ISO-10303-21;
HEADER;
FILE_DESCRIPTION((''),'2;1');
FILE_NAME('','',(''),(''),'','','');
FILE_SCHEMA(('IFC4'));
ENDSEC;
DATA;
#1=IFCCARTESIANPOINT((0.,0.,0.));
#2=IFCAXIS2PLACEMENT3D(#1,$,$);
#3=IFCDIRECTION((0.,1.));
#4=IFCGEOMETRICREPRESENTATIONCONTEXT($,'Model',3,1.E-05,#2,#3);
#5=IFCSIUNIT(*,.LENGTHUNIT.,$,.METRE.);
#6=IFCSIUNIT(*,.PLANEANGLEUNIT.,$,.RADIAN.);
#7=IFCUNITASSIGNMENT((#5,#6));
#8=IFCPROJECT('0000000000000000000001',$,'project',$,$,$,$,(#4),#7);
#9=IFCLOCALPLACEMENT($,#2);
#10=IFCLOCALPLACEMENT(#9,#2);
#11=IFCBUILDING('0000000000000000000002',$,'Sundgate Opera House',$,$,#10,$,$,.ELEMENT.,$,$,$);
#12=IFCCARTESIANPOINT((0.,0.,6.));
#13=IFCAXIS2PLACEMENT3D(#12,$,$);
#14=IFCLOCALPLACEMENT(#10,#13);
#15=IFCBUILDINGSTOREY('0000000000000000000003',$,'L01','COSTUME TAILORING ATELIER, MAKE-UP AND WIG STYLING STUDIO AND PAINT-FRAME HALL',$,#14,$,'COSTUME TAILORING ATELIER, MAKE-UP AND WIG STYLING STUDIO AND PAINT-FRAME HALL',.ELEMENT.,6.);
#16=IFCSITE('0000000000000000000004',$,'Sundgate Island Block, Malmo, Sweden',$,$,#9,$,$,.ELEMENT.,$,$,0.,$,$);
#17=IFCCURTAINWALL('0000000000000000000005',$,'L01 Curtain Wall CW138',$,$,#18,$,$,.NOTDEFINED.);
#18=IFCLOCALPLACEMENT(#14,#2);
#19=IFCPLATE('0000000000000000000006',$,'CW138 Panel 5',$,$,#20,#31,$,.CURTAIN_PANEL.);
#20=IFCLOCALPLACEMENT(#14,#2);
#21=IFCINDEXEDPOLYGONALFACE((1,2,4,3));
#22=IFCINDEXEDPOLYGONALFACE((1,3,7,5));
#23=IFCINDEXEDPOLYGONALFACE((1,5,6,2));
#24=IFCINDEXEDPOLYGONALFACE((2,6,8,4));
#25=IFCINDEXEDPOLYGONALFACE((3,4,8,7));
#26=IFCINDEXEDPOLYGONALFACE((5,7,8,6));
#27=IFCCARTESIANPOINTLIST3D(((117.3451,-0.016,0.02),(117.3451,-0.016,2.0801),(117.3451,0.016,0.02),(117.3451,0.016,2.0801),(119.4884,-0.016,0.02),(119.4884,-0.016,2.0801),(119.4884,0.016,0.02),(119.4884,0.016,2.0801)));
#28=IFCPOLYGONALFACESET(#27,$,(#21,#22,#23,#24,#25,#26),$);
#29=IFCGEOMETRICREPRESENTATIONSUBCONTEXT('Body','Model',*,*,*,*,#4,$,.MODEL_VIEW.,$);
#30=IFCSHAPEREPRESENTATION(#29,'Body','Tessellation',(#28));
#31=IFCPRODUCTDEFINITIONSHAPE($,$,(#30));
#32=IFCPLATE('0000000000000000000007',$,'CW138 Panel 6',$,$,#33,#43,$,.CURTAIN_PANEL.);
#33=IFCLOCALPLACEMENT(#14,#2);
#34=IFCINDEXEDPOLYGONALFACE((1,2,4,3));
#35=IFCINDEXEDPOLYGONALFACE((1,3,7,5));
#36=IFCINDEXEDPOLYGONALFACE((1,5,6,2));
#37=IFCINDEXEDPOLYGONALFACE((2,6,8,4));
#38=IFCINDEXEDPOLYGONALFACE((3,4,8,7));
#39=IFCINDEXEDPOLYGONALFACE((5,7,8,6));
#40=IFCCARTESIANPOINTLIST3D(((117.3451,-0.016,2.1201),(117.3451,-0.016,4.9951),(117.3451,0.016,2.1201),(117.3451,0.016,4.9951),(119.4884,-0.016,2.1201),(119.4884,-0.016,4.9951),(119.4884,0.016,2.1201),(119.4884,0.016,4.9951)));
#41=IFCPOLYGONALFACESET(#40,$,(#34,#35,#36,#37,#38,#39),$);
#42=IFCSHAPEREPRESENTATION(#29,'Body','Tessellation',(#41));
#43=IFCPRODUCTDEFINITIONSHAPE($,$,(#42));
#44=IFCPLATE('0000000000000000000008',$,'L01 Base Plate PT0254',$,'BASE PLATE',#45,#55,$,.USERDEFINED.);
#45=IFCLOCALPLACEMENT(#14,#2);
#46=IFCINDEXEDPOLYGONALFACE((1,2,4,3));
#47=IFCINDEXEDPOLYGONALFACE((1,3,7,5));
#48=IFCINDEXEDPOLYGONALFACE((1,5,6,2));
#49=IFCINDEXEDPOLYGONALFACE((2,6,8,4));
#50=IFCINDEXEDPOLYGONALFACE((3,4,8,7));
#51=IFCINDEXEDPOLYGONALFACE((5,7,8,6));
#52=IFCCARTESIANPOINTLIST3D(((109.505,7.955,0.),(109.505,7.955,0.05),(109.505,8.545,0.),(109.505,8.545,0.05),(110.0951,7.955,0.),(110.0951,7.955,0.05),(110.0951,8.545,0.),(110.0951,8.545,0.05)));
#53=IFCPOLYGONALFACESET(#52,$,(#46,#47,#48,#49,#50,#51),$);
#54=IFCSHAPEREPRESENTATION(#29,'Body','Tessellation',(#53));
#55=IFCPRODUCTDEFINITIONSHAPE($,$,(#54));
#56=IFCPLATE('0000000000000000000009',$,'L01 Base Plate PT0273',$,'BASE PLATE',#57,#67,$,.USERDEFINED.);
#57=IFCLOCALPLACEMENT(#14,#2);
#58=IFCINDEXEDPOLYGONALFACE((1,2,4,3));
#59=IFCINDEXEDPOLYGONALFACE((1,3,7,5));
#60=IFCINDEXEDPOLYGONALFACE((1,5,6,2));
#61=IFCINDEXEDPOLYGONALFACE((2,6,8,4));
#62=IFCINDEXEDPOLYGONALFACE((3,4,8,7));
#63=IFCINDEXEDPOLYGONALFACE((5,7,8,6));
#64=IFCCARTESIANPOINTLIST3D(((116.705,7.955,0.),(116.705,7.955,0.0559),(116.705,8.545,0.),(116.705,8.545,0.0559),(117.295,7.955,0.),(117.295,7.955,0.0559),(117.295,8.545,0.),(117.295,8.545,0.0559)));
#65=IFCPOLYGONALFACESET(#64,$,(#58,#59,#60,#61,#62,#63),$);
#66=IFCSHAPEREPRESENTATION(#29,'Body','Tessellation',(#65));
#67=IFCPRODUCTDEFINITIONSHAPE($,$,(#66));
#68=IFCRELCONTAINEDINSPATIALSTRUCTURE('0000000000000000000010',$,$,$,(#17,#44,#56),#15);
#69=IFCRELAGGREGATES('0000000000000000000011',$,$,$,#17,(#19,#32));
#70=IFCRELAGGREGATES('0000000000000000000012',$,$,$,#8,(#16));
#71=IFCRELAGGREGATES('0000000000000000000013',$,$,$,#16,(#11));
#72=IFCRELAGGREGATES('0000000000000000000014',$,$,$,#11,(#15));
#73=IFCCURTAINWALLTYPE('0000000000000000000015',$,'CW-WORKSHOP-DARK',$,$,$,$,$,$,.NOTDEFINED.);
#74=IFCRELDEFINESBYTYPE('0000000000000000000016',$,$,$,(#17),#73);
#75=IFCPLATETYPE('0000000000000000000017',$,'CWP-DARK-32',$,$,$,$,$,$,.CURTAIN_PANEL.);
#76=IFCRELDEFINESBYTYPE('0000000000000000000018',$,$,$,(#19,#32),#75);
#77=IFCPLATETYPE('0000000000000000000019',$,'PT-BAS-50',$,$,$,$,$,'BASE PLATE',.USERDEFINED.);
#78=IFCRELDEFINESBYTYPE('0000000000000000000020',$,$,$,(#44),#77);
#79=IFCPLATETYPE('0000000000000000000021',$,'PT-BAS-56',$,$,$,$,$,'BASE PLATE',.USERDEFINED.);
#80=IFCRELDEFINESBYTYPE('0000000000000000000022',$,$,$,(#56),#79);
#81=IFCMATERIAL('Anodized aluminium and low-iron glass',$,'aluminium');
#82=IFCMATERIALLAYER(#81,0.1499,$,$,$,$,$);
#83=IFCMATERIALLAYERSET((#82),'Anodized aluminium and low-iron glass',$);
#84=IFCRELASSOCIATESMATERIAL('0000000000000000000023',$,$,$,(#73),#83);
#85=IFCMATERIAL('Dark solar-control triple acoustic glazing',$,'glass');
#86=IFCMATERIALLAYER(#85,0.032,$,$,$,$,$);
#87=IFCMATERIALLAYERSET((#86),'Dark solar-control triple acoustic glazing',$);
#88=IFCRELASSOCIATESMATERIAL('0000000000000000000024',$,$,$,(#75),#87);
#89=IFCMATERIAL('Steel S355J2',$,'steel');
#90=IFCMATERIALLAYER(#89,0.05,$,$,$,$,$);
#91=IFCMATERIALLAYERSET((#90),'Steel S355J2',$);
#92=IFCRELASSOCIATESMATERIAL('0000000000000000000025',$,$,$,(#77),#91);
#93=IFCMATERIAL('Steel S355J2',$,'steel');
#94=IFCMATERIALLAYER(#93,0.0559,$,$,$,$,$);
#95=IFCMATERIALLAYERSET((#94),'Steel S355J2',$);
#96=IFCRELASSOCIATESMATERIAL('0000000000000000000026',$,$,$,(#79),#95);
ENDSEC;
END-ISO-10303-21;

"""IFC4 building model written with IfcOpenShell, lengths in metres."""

from ifc_helpers import new_model, si_unit, direction, frame, origin, origin_2d, place, context, subcontext, project, spatial, rectangle, extrude, material, layer, layer_set, type_object, element, aggregate, save


model = new_model("IFC4")

# Units and contexts
model_context = context("Model", 3, precision=1e-05, world=origin(), true_north=direction((0.0, 1.0)))
body_context = subcontext(model_context, "Body", "Model", "MODEL_VIEW")
ifc_project = project(units=[si_unit("LENGTHUNIT", "METRE"), si_unit("PLANEANGLEUNIT", "RADIAN")], contexts=[model_context])

# Site, building, storey
site_placement = place(None, origin())
site = spatial("IfcSite", under=ifc_project, at=site_placement, Name="Sundgate Island Block, Malmo, Sweden", CompositionType="ELEMENT", RefElevation=0.0)
building_placement = place(site_placement, origin())
building = spatial("IfcBuilding", under=site, at=building_placement, Name="Sundgate Opera House", CompositionType="ELEMENT")
storey_placement = place(building_placement, frame((0.0, 0.0, 6.0)))
storey = spatial("IfcBuildingStorey", under=building, at=storey_placement, Name="L01", Description="COSTUME TAILORING ATELIER, MAKE-UP AND WIG STYLING STUDIO AND PAINT-FRAME HALL", LongName="COSTUME TAILORING ATELIER, MAKE-UP AND WIG STYLING STUDIO AND PAINT-FRAME HALL", CompositionType="ELEMENT", Elevation=6.0)

# Curtain wall, plates
ifc_material_1 = material(Name="Anodized aluminium and low-iron glass", Category="aluminium")
ifc_layer_1 = layer(ifc_material_1, 0.1499)
ifc_layer_set_1 = layer_set([ifc_layer_1], Name="Anodized aluminium and low-iron glass")
curtain_wall_type = type_object("IfcCurtainWallType", Name="CW-WORKSHOP-DARK", PredefinedType="NOTDEFINED", material=ifc_layer_set_1)
curtain_wall_placement = place(storey_placement, origin())
curtain_wall = element("IfcCurtainWall", 1, at=curtain_wall_placement, inside=storey, type_object=curtain_wall_type, Name="L01 Curtain Wall CW138", PredefinedType="NOTDEFINED")
ifc_material_2 = material(Name="Dark solar-control triple acoustic glazing", Category="glass")
ifc_layer_2 = layer(ifc_material_2, 0.032)
ifc_layer_set_2 = layer_set([ifc_layer_2], Name="Dark solar-control triple acoustic glazing")
plate_type_1 = type_object("IfcPlateType", Name="CWP-DARK-32", PredefinedType="CURTAIN_PANEL", material=ifc_layer_set_2)
plate_1_placement = place(storey_placement, frame((118.4167, 0.0, 0.02), z_axis=(0.0, 0.0, 1.0), x_axis=(-1.0, 0.0, 0.0)))
plate_1 = element("IfcPlate", 2, at=plate_1_placement, type_object=plate_type_1, Name="CW138 Panel 5", PredefinedType="CURTAIN_PANEL", context=body_context, shape_type="SweptSolid", body=[
    extrude(rectangle(XDim=2.1433, YDim=0.032, at=origin_2d()), origin(), (0.0, 0.0, 1.0), 2.0601),
])
plate_2_placement = place(storey_placement, frame((118.4167, 0.0, 2.1201), z_axis=(0.0, 0.0, 1.0), x_axis=(-1.0, 0.0, 0.0)))
plate_2 = element("IfcPlate", 3, at=plate_2_placement, type_object=plate_type_1, Name="CW138 Panel 6", PredefinedType="CURTAIN_PANEL", context=body_context, shape_type="SweptSolid", body=[
    extrude(rectangle(XDim=2.1433, YDim=0.032, at=origin_2d()), origin(), (0.0, 0.0, 1.0), 2.875),
])
aggregate(curtain_wall, [plate_1, plate_2])

# Plates
ifc_material_3 = material(Name="Steel S355J2", Category="steel")
ifc_layer_3 = layer(ifc_material_3, 0.05)
ifc_layer_set_3 = layer_set([ifc_layer_3], Name="Steel S355J2")
plate_type_2 = type_object("IfcPlateType", Name="PT-BAS-50", ElementType="BASE PLATE", PredefinedType="USERDEFINED", material=ifc_layer_set_3)
plate_3_placement = place(storey_placement, frame((109.8, 8.25, 0.0), z_axis=(0.0, 0.0, 1.0), x_axis=(1.0, 0.0, 0.0)))
element("IfcPlate", 4, at=plate_3_placement, inside=storey, type_object=plate_type_2, Name="L01 Base Plate PT0254", ObjectType="BASE PLATE", PredefinedType="USERDEFINED", context=body_context, shape_type="SweptSolid", body=[
    extrude(rectangle(XDim=0.5901, YDim=0.5901, at=origin_2d()), origin(), (0.0, 0.0, 1.0), 0.05),
])
ifc_material_4 = material(Name="Steel S355J2", Category="steel")
ifc_layer_4 = layer(ifc_material_4, 0.0559)
ifc_layer_set_4 = layer_set([ifc_layer_4], Name="Steel S355J2")
plate_type_3 = type_object("IfcPlateType", Name="PT-BAS-56", ElementType="BASE PLATE", PredefinedType="USERDEFINED", material=ifc_layer_set_4)
plate_4_placement = place(storey_placement, frame((117.0, 8.25, 0.0), z_axis=(0.0, 0.0, 1.0), x_axis=(1.0, 0.0, 0.0)))
element("IfcPlate", 5, at=plate_4_placement, inside=storey, type_object=plate_type_3, Name="L01 Base Plate PT0273", ObjectType="BASE PLATE", PredefinedType="USERDEFINED", context=body_context, shape_type="SweptSolid", body=[
    extrude(rectangle(XDim=0.5901, YDim=0.5901, at=origin_2d()), origin(), (0.0, 0.0, 1.0), 0.0559),
])

save(model, "model.ifc")
